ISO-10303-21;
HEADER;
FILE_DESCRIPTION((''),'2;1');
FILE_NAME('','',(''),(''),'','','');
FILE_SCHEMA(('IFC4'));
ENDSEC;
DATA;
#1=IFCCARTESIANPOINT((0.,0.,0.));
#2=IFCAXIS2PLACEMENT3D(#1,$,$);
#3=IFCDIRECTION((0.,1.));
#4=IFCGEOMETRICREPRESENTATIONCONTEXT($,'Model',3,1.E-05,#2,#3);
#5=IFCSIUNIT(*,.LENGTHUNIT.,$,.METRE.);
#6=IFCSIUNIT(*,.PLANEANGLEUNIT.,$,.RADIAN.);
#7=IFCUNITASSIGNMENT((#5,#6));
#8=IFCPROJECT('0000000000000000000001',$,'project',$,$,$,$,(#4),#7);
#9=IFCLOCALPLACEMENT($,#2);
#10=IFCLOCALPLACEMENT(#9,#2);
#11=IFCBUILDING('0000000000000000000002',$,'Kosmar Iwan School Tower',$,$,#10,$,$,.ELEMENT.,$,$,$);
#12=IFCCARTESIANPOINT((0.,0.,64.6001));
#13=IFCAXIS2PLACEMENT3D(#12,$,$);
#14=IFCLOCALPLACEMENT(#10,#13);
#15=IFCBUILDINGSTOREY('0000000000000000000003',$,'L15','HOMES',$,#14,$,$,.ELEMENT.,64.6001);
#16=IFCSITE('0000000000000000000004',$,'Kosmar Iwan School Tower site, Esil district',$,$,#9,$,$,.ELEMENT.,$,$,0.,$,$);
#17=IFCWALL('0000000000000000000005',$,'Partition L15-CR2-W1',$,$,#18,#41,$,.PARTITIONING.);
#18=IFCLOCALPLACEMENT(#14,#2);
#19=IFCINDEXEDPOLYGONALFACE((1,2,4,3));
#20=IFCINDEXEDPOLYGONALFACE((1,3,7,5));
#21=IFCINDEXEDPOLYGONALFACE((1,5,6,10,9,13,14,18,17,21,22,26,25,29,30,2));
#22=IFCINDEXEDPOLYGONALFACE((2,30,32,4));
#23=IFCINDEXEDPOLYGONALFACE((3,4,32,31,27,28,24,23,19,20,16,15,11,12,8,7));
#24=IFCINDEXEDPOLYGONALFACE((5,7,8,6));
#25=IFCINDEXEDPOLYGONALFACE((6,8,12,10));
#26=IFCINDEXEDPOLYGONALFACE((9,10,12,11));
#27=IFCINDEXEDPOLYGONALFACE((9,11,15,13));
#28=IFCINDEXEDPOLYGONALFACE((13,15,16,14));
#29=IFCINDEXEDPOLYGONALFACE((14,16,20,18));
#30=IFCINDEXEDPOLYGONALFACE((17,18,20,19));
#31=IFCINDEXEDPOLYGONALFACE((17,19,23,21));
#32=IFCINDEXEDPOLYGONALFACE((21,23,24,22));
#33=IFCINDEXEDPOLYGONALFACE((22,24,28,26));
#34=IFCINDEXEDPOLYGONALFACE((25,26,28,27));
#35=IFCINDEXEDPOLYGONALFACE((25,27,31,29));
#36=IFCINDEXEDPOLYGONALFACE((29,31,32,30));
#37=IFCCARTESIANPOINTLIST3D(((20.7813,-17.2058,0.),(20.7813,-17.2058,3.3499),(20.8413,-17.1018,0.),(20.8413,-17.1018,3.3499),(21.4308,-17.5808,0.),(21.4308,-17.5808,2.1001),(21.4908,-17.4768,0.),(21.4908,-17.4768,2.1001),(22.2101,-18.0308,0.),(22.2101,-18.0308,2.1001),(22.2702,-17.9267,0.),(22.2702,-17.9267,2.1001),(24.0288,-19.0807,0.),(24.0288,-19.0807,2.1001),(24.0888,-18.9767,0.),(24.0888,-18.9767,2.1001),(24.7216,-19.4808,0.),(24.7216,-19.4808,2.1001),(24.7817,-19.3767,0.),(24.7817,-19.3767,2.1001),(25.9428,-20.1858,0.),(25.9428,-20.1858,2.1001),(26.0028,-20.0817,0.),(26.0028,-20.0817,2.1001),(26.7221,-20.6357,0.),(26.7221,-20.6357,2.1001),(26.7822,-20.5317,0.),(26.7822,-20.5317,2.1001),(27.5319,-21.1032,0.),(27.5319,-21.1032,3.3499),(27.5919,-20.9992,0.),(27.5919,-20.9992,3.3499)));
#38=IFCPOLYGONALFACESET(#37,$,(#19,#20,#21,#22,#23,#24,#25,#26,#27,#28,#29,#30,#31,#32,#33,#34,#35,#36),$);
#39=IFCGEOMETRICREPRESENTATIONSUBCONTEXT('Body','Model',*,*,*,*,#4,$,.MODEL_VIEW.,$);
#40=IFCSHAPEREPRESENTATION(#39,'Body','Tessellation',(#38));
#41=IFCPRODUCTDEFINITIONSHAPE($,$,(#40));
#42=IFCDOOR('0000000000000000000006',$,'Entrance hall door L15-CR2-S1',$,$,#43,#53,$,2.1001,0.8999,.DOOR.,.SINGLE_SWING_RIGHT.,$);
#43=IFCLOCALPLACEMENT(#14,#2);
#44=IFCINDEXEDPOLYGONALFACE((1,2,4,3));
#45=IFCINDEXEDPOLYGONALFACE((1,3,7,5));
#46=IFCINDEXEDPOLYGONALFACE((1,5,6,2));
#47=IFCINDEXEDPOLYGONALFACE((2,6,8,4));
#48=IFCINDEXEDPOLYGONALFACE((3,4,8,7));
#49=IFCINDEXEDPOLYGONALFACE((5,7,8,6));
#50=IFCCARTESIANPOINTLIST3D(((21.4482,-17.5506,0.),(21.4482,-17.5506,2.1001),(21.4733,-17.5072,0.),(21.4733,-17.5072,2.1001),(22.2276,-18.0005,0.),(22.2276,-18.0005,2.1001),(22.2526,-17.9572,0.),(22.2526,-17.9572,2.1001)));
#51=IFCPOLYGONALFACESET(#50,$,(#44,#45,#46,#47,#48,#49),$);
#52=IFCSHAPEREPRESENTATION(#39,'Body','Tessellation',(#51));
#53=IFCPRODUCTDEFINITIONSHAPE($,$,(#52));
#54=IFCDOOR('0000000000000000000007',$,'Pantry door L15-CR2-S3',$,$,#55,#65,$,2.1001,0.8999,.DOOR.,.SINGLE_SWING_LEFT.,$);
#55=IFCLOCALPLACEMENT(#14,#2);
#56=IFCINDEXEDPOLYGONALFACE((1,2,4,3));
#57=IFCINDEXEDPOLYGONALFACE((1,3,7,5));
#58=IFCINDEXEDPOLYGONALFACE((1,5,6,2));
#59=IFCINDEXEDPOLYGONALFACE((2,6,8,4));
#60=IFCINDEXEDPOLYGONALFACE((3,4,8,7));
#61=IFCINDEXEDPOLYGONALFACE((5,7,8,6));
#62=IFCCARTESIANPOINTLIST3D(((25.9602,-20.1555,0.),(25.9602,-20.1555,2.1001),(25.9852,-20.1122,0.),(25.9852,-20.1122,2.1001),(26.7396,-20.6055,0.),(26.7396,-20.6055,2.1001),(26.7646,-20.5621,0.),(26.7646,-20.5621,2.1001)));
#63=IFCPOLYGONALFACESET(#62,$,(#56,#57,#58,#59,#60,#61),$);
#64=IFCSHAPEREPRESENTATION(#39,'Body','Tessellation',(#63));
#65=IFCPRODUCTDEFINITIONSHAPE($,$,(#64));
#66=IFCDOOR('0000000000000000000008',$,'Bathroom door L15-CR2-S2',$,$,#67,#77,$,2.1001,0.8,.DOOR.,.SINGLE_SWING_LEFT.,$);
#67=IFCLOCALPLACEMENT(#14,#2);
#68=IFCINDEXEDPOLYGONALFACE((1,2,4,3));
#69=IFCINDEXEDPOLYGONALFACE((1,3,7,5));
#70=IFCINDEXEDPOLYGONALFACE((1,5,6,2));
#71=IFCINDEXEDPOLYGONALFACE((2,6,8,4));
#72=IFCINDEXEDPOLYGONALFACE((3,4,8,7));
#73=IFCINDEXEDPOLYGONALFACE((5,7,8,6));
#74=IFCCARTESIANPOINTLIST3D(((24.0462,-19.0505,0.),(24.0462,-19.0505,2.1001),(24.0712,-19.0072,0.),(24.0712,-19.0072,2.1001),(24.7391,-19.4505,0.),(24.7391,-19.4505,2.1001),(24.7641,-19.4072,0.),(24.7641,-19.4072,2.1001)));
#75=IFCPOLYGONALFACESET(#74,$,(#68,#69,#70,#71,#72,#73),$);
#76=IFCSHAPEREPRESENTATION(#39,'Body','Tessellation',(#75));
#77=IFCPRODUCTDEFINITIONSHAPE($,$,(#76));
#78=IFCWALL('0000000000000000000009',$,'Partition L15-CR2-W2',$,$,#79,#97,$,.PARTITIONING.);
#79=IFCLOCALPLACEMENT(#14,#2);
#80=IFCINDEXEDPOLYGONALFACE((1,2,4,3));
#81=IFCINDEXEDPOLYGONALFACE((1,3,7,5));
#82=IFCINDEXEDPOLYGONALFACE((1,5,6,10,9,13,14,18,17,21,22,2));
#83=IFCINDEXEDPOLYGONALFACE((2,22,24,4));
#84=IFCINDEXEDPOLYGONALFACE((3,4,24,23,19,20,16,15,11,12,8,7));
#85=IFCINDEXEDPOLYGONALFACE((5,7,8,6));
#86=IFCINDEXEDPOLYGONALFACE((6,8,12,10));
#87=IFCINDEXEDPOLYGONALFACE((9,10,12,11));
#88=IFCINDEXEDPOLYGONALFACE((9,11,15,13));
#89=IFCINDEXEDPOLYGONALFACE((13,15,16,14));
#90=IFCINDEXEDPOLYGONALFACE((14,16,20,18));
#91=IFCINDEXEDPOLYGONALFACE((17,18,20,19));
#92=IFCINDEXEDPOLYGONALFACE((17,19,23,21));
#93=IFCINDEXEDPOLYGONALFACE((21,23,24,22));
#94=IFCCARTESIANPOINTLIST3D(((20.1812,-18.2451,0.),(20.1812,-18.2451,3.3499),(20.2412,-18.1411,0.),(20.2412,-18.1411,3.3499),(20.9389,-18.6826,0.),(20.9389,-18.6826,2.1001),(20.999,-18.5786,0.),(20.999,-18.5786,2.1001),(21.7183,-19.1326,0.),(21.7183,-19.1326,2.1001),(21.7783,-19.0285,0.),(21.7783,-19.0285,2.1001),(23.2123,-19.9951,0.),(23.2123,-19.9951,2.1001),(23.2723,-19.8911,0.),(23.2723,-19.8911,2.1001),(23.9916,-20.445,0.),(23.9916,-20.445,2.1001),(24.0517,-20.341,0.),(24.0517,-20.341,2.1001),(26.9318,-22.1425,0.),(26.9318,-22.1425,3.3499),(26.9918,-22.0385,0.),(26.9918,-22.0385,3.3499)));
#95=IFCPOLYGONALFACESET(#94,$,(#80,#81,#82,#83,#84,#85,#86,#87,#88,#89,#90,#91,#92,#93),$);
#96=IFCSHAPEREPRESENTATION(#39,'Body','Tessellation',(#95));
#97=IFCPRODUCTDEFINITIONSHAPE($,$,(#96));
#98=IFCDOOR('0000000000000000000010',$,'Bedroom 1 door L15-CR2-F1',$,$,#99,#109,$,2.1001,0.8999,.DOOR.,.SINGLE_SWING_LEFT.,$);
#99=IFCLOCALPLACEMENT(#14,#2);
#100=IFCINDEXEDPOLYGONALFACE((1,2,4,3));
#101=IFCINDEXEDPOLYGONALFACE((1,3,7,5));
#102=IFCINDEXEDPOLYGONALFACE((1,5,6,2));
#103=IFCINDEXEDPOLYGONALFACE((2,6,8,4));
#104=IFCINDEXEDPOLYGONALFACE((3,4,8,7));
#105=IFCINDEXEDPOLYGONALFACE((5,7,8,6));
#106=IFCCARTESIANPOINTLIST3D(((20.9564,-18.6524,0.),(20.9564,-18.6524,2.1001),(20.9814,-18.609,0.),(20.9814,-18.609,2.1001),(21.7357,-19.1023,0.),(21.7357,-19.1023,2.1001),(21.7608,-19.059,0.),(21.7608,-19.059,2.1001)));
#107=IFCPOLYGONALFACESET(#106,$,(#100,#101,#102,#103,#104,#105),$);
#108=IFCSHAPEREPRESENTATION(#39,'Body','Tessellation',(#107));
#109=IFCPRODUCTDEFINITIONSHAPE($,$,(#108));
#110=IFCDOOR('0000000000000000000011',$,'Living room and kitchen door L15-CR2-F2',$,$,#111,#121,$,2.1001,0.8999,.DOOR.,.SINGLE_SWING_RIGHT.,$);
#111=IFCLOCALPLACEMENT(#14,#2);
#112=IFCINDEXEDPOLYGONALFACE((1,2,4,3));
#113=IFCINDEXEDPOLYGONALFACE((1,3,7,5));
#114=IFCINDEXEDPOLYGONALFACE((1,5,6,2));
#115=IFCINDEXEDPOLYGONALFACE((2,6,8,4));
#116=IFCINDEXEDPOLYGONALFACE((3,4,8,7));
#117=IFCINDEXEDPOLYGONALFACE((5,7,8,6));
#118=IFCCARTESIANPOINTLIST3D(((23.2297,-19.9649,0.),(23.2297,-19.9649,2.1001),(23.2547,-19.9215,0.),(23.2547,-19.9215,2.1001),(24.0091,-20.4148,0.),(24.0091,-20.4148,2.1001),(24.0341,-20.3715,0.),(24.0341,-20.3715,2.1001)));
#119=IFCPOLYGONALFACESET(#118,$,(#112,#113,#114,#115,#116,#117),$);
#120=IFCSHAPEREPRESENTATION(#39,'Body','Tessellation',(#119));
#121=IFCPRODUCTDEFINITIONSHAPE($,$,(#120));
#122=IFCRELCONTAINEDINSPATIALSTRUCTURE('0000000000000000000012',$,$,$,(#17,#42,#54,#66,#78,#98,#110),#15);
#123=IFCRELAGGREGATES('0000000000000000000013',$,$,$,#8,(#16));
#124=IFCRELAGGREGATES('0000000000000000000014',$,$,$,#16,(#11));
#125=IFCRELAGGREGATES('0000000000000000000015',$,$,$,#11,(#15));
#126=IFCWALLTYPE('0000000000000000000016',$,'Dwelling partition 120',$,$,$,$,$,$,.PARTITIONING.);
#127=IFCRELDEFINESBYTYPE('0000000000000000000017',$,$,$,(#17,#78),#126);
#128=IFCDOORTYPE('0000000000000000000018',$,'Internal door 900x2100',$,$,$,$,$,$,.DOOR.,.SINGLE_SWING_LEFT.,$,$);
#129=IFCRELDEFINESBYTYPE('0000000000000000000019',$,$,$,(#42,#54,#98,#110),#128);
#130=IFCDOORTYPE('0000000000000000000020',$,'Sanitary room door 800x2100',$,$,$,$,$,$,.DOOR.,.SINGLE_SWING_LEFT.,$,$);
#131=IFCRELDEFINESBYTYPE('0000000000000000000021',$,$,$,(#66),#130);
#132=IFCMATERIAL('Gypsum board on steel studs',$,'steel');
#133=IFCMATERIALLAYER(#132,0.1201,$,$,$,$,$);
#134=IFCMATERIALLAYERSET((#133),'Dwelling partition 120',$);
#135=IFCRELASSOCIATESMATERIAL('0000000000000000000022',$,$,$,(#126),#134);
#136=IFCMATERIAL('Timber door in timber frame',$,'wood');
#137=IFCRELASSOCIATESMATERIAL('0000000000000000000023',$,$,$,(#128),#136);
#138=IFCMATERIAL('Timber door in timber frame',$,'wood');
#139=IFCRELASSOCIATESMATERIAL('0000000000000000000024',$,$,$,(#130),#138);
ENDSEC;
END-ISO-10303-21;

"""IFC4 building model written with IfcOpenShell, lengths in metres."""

from ifc_helpers import new_model, si_unit, direction, frame, frame_2d, origin, place, context, subcontext, project, spatial, rectangle, extrude, material, layer, layer_set, type_object, element, fill, save


model = new_model("IFC4")

# Units and contexts
model_context = context("Model", 3, precision=1e-05, world=origin(), true_north=direction((0.0, 1.0)))
body_context = subcontext(model_context, "Body", "Model", "MODEL_VIEW")
ifc_project = project(units=[si_unit("LENGTHUNIT", "METRE"), si_unit("PLANEANGLEUNIT", "RADIAN")], contexts=[model_context])

# Site, building, storey
site_placement = place(None, origin())
site = spatial("IfcSite", under=ifc_project, at=site_placement, Name="Kosmar Iwan School Tower site, Esil district", CompositionType="ELEMENT", RefElevation=0.0)
building_placement = place(site_placement, origin())
building = spatial("IfcBuilding", under=site, at=building_placement, Name="Kosmar Iwan School Tower", CompositionType="ELEMENT")
storey_placement = place(building_placement, frame((0.0, 0.0, 64.6001)))
storey = spatial("IfcBuildingStorey", under=building, at=storey_placement, Name="L15", Description="HOMES", CompositionType="ELEMENT", Elevation=64.6001)

# Walls, openings, doors
ifc_material_1 = material(Name="Gypsum board on steel studs", Category="steel")
ifc_layer = layer(ifc_material_1, 0.1201)
ifc_layer_set = layer_set([ifc_layer], Name="Dwelling partition 120")
wall_type = type_object("IfcWallType", Name="Dwelling partition 120", PredefinedType="PARTITIONING", material=ifc_layer_set)
wall_1_placement = place(storey_placement, frame((20.8113, -17.1538, 0.0), z_axis=(0.0, 0.0, 1.0), x_axis=(0.86603, -0.499993, 0.0)))
wall_1 = element("IfcWall", 1, at=wall_1_placement, inside=storey, type_object=wall_type, Name="Partition L15-CR2-W1", PredefinedType="PARTITIONING", context=body_context, shape_type="SweptSolid", body=[
    extrude(rectangle(XDim=7.7949, YDim=0.1201, at=frame_2d((3.8975, 0.0))), origin(), (0.0, 0.0, 1.0), 3.3499),
])
opening_1_placement = place(wall_1_placement, frame((0.75, 0.0, 0.0)))
opening_1 = element("IfcOpeningElement", 2, at=opening_1_placement, cuts=wall_1, PredefinedType="OPENING", context=body_context, shape_type="SweptSolid", body=[
    extrude(rectangle(XDim=0.8999, YDim=2.1001, at=frame_2d((0.45, 1.05))), frame((0.0, 0.072, 0.0), z_axis=(0.0, -1.0, 0.0), x_axis=(1.0, 0.0, 0.0)), (0.0, 0.0, 1.0), 0.144),
])
opening_2_placement = place(wall_1_placement, frame((3.75, 0.0, 0.0)))
opening_2 = element("IfcOpeningElement", 3, at=opening_2_placement, cuts=wall_1, PredefinedType="OPENING", context=body_context, shape_type="SweptSolid", body=[
    extrude(rectangle(XDim=0.8, YDim=2.1001, at=frame_2d((0.3999, 1.05))), frame((0.0, 0.072, 0.0), z_axis=(0.0, -1.0, 0.0), x_axis=(1.0, 0.0, 0.0)), (0.0, 0.0, 1.0), 0.144),
])
opening_3_placement = place(wall_1_placement, frame((5.96, 0.0, 0.0)))
opening_3 = element("IfcOpeningElement", 4, at=opening_3_placement, cuts=wall_1, PredefinedType="OPENING", context=body_context, shape_type="SweptSolid", body=[
    extrude(rectangle(XDim=0.8999, YDim=2.1001, at=frame_2d((0.45, 1.05))), frame((0.0, 0.072, 0.0), z_axis=(0.0, -1.0, 0.0), x_axis=(1.0, 0.0, 0.0)), (0.0, 0.0, 1.0), 0.144),
])
ifc_material_2 = material(Name="Timber door in timber frame", Category="wood")
door_type_1 = type_object("IfcDoorType", Name="Internal door 900x2100", OperationType="SINGLE_SWING_LEFT", PredefinedType="DOOR", material=ifc_material_2)
door_1_placement = place(opening_1_placement, origin())
door_1 = element("IfcDoor", 5, at=door_1_placement, inside=storey, type_object=door_type_1, Name="Entrance hall door L15-CR2-S1", OperationType="SINGLE_SWING_RIGHT", OverallHeight=2.1001, OverallWidth=0.8999, PredefinedType="DOOR", context=body_context, shape_type="SweptSolid", body=[
    extrude(rectangle(XDim=0.8999, YDim=2.1001, at=frame_2d((0.45, 1.05))), frame((0.0, 0.0249, 0.0), z_axis=(0.0, -1.0, 0.0), x_axis=(1.0, 0.0, 0.0)), (0.0, 0.0, 1.0), 0.05),
])
fill(opening_1, door_1)
door_2_placement = place(opening_3_placement, origin())
door_2 = element("IfcDoor", 6, at=door_2_placement, inside=storey, type_object=door_type_1, Name="Pantry door L15-CR2-S3", OperationType="SINGLE_SWING_LEFT", OverallHeight=2.1001, OverallWidth=0.8999, PredefinedType="DOOR", context=body_context, shape_type="SweptSolid", body=[
    extrude(rectangle(XDim=0.8999, YDim=2.1001, at=frame_2d((0.45, 1.05))), frame((0.0, 0.0249, 0.0), z_axis=(0.0, -1.0, 0.0), x_axis=(1.0, 0.0, 0.0)), (0.0, 0.0, 1.0), 0.05),
])
fill(opening_3, door_2)
ifc_material_3 = material(Name="Timber door in timber frame", Category="wood")
door_type_2 = type_object("IfcDoorType", Name="Sanitary room door 800x2100", OperationType="SINGLE_SWING_LEFT", PredefinedType="DOOR", material=ifc_material_3)
door_3_placement = place(opening_2_placement, origin())
door_3 = element("IfcDoor", 7, at=door_3_placement, inside=storey, type_object=door_type_2, Name="Bathroom door L15-CR2-S2", OperationType="SINGLE_SWING_LEFT", OverallHeight=2.1001, OverallWidth=0.8, PredefinedType="DOOR", context=body_context, shape_type="SweptSolid", body=[
    extrude(rectangle(XDim=0.8, YDim=2.1001, at=frame_2d((0.3999, 1.05))), frame((0.0, 0.0249, 0.0), z_axis=(0.0, -1.0, 0.0), x_axis=(1.0, 0.0, 0.0)), (0.0, 0.0, 1.0), 0.05),
])
fill(opening_2, door_3)
wall_2_placement = place(storey_placement, frame((20.2112, -18.1931, 0.0), z_axis=(0.0, 0.0, 1.0), x_axis=(0.86603, -0.499993, 0.0)))
wall_2 = element("IfcWall", 8, at=wall_2_placement, inside=storey, type_object=wall_type, Name="Partition L15-CR2-W2", PredefinedType="PARTITIONING", context=body_context, shape_type="SweptSolid", body=[
    extrude(rectangle(XDim=7.7949, YDim=0.1201, at=frame_2d((3.8975, 0.0))), origin(), (0.0, 0.0, 1.0), 3.3499),
])
opening_4_placement = place(wall_2_placement, frame((0.875, 0.0, 0.0)))
opening_4 = element("IfcOpeningElement", 9, at=opening_4_placement, cuts=wall_2, PredefinedType="OPENING", context=body_context, shape_type="SweptSolid", body=[
    extrude(rectangle(XDim=0.8999, YDim=2.1001, at=frame_2d((0.45, 1.05))), frame((0.0, 0.072, 0.0), z_axis=(0.0, -1.0, 0.0), x_axis=(1.0, 0.0, 0.0)), (0.0, 0.0, 1.0), 0.144),
])
opening_5_placement = place(wall_2_placement, frame((3.5, 0.0, 0.0)))
opening_5 = element("IfcOpeningElement", 10, at=opening_5_placement, cuts=wall_2, PredefinedType="OPENING", context=body_context, shape_type="SweptSolid", body=[
    extrude(rectangle(XDim=0.8999, YDim=2.1001, at=frame_2d((0.45, 1.05))), frame((0.0, 0.072, 0.0), z_axis=(0.0, -1.0, 0.0), x_axis=(1.0, 0.0, 0.0)), (0.0, 0.0, 1.0), 0.144),
])
door_4_placement = place(opening_4_placement, origin())
door_4 = element("IfcDoor", 11, at=door_4_placement, inside=storey, type_object=door_type_1, Name="Bedroom 1 door L15-CR2-F1", OperationType="SINGLE_SWING_LEFT", OverallHeight=2.1001, OverallWidth=0.8999, PredefinedType="DOOR", context=body_context, shape_type="SweptSolid", body=[
    extrude(rectangle(XDim=0.8999, YDim=2.1001, at=frame_2d((0.45, 1.05))), frame((0.0, 0.0249, 0.0), z_axis=(0.0, -1.0, 0.0), x_axis=(1.0, 0.0, 0.0)), (0.0, 0.0, 1.0), 0.05),
])
fill(opening_4, door_4)
door_5_placement = place(opening_5_placement, origin())
door_5 = element("IfcDoor", 12, at=door_5_placement, inside=storey, type_object=door_type_1, Name="Living room and kitchen door L15-CR2-F2", OperationType="SINGLE_SWING_RIGHT", OverallHeight=2.1001, OverallWidth=0.8999, PredefinedType="DOOR", context=body_context, shape_type="SweptSolid", body=[
    extrude(rectangle(XDim=0.8999, YDim=2.1001, at=frame_2d((0.45, 1.05))), frame((0.0, 0.0249, 0.0), z_axis=(0.0, -1.0, 0.0), x_axis=(1.0, 0.0, 0.0)), (0.0, 0.0, 1.0), 0.05),
])
fill(opening_5, door_5)

save(model, "model.ifc")
